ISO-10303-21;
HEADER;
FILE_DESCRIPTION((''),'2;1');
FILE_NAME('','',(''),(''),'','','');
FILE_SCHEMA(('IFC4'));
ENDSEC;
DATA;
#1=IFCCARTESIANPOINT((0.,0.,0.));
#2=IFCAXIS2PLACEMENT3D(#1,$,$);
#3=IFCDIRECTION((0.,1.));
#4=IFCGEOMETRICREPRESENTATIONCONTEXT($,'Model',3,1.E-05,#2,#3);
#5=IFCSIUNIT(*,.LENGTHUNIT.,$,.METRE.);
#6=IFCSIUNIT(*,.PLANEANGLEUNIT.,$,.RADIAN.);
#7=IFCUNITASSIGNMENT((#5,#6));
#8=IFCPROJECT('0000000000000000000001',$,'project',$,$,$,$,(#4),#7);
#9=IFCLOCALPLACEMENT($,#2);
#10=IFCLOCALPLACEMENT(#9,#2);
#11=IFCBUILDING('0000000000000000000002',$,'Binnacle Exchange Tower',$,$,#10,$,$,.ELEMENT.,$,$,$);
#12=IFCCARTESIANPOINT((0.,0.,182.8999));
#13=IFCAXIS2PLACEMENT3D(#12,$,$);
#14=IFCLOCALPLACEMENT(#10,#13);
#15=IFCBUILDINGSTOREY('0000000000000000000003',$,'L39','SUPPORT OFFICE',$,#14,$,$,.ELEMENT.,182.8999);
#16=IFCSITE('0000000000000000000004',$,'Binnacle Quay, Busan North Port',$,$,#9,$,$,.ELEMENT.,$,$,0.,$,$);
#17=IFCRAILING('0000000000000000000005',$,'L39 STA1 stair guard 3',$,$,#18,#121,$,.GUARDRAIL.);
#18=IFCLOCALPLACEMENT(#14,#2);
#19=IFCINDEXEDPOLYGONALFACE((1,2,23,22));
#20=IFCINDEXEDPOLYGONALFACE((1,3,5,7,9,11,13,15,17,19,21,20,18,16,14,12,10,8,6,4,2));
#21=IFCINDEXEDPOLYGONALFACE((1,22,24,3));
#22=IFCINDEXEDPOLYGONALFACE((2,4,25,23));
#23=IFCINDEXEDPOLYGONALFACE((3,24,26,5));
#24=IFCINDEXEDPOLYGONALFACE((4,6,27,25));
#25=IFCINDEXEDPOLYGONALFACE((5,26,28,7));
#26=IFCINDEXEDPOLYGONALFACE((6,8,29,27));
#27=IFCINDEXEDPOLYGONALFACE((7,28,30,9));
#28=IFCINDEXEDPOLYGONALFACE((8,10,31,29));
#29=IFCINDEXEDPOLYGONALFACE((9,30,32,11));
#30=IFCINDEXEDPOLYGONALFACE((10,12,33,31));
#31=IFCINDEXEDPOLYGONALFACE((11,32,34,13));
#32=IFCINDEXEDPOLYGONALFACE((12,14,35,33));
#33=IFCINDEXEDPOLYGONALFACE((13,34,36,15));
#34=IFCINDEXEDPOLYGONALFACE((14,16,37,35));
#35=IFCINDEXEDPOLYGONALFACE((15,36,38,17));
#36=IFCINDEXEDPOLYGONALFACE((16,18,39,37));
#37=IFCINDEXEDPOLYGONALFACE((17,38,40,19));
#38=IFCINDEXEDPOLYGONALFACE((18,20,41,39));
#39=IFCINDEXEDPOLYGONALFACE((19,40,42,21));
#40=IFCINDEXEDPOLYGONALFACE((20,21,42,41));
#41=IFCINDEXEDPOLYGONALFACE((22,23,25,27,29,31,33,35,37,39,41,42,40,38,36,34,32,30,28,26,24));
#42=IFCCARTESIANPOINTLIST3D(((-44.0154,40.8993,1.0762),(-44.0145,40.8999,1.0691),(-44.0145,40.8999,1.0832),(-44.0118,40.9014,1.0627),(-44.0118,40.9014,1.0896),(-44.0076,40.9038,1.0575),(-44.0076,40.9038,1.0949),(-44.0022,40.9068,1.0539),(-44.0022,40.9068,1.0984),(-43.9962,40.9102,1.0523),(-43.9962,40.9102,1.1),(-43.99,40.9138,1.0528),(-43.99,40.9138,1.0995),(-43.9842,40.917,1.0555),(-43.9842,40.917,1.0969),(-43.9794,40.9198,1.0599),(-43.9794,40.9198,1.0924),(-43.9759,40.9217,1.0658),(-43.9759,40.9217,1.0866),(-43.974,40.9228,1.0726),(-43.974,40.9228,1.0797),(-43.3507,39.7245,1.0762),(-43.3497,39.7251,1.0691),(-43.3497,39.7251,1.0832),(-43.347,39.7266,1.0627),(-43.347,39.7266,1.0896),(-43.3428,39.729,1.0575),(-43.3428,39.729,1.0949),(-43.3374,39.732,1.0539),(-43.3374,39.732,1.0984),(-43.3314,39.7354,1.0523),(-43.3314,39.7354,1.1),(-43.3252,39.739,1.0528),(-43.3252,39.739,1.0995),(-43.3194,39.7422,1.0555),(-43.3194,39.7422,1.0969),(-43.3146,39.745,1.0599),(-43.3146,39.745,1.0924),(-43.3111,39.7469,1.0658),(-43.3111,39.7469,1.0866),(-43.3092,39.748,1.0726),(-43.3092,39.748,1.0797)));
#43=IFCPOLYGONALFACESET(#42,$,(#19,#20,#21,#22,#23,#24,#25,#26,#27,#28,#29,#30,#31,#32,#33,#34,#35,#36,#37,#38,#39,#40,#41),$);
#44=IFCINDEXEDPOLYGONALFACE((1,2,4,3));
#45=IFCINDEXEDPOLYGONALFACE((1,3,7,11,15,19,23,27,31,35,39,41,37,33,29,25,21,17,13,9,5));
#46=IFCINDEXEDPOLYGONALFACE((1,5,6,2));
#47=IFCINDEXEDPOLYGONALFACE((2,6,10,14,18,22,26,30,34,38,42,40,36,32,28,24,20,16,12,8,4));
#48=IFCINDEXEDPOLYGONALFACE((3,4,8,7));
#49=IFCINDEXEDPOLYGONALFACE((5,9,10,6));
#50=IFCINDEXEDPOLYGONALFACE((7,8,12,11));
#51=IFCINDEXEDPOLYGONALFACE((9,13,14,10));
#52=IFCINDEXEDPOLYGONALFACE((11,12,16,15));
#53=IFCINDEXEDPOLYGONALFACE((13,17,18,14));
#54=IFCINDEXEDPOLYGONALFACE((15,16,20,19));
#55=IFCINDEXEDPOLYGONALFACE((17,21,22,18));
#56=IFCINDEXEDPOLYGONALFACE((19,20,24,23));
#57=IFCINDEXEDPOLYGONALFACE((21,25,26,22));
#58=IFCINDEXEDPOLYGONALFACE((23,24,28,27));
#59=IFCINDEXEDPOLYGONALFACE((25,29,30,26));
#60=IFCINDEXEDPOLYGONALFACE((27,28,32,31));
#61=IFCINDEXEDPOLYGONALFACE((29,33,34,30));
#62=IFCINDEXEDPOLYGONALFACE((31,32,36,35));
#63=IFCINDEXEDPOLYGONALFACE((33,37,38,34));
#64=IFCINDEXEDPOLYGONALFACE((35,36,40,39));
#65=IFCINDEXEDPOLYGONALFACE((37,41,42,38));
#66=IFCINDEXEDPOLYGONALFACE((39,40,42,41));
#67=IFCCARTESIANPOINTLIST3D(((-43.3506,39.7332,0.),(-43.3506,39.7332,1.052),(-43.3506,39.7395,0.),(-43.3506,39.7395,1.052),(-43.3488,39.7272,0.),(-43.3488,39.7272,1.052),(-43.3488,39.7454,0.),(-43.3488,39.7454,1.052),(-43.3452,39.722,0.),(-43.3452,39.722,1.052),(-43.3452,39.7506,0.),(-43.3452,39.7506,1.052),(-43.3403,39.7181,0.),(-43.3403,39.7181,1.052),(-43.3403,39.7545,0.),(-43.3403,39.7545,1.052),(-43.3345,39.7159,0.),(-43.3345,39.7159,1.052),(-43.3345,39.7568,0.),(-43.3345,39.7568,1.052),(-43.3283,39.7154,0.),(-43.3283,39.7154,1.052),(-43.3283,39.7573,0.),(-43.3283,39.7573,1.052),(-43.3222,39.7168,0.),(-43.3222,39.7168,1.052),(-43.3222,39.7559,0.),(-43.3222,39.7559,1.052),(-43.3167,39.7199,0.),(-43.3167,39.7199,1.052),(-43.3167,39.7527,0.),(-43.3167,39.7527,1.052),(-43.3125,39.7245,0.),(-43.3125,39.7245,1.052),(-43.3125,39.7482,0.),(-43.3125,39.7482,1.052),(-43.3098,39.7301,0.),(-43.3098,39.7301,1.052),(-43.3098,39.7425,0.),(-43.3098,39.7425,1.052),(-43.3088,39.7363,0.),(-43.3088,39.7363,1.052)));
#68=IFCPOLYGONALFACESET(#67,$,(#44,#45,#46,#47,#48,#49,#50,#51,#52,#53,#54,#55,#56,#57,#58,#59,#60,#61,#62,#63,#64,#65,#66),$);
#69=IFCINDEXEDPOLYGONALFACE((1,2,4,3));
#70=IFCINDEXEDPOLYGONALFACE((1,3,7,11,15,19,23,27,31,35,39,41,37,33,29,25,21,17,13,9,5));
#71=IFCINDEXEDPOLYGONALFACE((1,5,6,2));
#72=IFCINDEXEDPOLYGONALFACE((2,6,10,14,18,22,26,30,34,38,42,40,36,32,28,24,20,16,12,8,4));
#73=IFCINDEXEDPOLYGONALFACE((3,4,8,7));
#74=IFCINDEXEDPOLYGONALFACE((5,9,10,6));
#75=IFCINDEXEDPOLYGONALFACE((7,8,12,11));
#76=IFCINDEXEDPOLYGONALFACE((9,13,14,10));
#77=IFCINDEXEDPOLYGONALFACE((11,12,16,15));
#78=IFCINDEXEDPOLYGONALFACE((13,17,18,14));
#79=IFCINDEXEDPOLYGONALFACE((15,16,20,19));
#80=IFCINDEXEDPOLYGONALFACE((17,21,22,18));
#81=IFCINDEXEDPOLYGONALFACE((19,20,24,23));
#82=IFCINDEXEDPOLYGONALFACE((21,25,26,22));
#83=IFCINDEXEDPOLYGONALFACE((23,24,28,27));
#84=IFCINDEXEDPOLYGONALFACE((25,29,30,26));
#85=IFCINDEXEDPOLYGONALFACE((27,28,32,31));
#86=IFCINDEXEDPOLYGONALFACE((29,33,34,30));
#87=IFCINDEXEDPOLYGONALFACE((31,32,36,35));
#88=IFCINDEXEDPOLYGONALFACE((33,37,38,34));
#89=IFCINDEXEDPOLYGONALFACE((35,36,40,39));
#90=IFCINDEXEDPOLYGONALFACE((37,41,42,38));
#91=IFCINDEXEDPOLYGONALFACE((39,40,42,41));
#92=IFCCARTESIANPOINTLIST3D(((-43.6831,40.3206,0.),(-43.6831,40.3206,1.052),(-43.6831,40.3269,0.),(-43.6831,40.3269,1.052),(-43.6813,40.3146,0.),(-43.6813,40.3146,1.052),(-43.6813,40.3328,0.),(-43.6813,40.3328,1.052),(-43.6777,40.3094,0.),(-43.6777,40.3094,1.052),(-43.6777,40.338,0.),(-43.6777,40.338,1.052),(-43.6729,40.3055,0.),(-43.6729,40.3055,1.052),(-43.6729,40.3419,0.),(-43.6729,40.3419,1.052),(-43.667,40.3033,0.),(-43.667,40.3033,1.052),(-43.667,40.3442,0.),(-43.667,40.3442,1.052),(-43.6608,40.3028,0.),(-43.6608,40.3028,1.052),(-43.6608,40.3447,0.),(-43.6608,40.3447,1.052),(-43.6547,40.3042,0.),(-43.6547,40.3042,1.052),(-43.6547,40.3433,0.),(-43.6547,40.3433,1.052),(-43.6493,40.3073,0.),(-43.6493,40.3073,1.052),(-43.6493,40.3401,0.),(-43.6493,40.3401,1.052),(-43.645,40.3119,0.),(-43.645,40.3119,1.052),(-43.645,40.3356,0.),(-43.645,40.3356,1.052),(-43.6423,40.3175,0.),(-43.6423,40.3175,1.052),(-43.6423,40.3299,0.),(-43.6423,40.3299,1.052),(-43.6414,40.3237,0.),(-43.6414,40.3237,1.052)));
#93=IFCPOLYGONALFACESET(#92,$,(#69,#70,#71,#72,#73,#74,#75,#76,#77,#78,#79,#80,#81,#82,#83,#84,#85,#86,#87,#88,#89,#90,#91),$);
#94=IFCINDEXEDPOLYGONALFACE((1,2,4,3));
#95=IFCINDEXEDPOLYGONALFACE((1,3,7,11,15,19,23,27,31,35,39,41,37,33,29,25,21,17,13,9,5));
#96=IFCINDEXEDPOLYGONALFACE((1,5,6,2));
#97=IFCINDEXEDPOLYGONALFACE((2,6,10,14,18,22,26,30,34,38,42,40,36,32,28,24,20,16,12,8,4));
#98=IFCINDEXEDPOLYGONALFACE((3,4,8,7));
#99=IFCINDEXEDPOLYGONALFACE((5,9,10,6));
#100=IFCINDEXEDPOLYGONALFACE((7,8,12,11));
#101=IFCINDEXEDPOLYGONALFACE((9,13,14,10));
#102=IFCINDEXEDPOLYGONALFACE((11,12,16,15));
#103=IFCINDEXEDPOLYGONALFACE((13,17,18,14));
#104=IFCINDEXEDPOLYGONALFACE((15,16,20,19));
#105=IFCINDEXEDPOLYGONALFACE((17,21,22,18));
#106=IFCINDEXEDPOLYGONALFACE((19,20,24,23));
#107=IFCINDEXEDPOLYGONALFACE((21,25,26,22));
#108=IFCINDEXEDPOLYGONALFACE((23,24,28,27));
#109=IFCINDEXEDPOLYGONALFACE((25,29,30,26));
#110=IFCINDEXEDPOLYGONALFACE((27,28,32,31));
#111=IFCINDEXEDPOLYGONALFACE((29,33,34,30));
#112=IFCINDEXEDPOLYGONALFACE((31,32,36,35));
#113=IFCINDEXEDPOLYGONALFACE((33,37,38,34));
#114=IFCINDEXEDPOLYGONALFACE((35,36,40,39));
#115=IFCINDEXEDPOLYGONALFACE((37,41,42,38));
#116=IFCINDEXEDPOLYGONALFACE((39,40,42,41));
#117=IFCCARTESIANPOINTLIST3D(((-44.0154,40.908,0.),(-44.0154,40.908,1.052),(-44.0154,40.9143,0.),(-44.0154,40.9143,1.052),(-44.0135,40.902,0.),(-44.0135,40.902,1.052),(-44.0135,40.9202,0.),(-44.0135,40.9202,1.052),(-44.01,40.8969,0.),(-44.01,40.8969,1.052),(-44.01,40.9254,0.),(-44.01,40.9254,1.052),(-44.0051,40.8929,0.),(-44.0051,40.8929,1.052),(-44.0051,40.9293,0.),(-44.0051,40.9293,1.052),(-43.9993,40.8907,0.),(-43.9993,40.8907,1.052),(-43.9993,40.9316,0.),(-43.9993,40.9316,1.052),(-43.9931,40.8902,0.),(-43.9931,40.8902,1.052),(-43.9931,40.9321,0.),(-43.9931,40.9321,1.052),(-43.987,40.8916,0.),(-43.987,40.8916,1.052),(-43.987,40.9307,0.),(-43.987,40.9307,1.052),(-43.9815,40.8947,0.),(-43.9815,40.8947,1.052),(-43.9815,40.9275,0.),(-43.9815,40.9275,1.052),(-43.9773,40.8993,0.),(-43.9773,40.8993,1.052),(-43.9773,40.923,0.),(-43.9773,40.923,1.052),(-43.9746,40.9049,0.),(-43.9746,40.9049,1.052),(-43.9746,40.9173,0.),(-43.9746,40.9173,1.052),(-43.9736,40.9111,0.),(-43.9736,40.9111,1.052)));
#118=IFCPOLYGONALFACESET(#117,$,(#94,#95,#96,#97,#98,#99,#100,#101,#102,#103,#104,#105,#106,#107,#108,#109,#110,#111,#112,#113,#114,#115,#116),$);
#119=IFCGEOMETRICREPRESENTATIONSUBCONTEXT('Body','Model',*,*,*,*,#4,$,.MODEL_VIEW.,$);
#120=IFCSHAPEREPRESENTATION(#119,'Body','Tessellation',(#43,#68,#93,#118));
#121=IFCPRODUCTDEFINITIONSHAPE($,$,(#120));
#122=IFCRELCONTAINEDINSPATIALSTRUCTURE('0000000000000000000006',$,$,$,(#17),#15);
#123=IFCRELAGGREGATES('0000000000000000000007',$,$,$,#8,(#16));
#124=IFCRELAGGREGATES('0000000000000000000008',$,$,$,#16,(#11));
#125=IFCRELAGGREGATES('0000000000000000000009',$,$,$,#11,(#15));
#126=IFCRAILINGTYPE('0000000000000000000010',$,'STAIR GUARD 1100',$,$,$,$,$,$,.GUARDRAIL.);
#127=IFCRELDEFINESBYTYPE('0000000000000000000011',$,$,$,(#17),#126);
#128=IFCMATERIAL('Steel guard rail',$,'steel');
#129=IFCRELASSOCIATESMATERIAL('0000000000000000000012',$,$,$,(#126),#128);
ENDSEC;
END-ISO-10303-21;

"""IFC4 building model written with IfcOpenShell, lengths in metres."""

from ifc_helpers import new_model, si_unit, direction, frame, origin, origin_2d, place, context, subcontext, project, spatial, circle, extrude, material, type_object, element, save


model = new_model("IFC4")

# Units and contexts
model_context = context("Model", 3, precision=1e-05, world=origin(), true_north=direction((0.0, 1.0)))
body_context = subcontext(model_context, "Body", "Model", "MODEL_VIEW")
ifc_project = project(units=[si_unit("LENGTHUNIT", "METRE"), si_unit("PLANEANGLEUNIT", "RADIAN")], contexts=[model_context])

# Site, building, storey
site_placement = place(None, origin())
site = spatial("IfcSite", under=ifc_project, at=site_placement, Name="Binnacle Quay, Busan North Port", CompositionType="ELEMENT", RefElevation=0.0)
building_placement = place(site_placement, origin())
building = spatial("IfcBuilding", under=site, at=building_placement, Name="Binnacle Exchange Tower", CompositionType="ELEMENT")
storey_placement = place(building_placement, frame((0.0, 0.0, 182.8999)))
storey = spatial("IfcBuildingStorey", under=building, at=storey_placement, Name="L39", Description="SUPPORT OFFICE", CompositionType="ELEMENT", Elevation=182.8999)

# Railing
ifc_material_1 = material(Name="Steel guard rail", Category="steel")
railing_type = type_object("IfcRailingType", Name="STAIR GUARD 1100", PredefinedType="GUARDRAIL", material=ifc_material_1)
railing_1_placement = place(storey_placement, frame((-43.3298, 39.7363, 0.0)))
element("IfcRailing", 1, at=railing_1_placement, inside=storey, type_object=railing_type, Name="L39 STA1 stair guard 3", PredefinedType="GUARDRAIL", context=body_context, shape_type="SweptSolid", body=[
    extrude(circle(Radius=0.0239, at=origin_2d()), frame((0.0, 0.0, 1.0762), z_axis=(-0.492492, 0.870317, 0.0), x_axis=(-0.870317, -0.492492, 0.0)), (0.0, 0.0, 1.0), 1.3499),
    extrude(circle(Radius=0.021, at=origin_2d()), origin(), (0.0, 0.0, 1.0), 1.052),
    extrude(circle(Radius=0.021, at=origin_2d()), frame((-0.3325, 0.5874, 0.0)), (0.0, 0.0, 1.0), 1.052),
    extrude(circle(Radius=0.021, at=origin_2d()), frame((-0.6648, 1.1748, 0.0)), (0.0, 0.0, 1.0), 1.052),
])

save(model, "model.ifc")
